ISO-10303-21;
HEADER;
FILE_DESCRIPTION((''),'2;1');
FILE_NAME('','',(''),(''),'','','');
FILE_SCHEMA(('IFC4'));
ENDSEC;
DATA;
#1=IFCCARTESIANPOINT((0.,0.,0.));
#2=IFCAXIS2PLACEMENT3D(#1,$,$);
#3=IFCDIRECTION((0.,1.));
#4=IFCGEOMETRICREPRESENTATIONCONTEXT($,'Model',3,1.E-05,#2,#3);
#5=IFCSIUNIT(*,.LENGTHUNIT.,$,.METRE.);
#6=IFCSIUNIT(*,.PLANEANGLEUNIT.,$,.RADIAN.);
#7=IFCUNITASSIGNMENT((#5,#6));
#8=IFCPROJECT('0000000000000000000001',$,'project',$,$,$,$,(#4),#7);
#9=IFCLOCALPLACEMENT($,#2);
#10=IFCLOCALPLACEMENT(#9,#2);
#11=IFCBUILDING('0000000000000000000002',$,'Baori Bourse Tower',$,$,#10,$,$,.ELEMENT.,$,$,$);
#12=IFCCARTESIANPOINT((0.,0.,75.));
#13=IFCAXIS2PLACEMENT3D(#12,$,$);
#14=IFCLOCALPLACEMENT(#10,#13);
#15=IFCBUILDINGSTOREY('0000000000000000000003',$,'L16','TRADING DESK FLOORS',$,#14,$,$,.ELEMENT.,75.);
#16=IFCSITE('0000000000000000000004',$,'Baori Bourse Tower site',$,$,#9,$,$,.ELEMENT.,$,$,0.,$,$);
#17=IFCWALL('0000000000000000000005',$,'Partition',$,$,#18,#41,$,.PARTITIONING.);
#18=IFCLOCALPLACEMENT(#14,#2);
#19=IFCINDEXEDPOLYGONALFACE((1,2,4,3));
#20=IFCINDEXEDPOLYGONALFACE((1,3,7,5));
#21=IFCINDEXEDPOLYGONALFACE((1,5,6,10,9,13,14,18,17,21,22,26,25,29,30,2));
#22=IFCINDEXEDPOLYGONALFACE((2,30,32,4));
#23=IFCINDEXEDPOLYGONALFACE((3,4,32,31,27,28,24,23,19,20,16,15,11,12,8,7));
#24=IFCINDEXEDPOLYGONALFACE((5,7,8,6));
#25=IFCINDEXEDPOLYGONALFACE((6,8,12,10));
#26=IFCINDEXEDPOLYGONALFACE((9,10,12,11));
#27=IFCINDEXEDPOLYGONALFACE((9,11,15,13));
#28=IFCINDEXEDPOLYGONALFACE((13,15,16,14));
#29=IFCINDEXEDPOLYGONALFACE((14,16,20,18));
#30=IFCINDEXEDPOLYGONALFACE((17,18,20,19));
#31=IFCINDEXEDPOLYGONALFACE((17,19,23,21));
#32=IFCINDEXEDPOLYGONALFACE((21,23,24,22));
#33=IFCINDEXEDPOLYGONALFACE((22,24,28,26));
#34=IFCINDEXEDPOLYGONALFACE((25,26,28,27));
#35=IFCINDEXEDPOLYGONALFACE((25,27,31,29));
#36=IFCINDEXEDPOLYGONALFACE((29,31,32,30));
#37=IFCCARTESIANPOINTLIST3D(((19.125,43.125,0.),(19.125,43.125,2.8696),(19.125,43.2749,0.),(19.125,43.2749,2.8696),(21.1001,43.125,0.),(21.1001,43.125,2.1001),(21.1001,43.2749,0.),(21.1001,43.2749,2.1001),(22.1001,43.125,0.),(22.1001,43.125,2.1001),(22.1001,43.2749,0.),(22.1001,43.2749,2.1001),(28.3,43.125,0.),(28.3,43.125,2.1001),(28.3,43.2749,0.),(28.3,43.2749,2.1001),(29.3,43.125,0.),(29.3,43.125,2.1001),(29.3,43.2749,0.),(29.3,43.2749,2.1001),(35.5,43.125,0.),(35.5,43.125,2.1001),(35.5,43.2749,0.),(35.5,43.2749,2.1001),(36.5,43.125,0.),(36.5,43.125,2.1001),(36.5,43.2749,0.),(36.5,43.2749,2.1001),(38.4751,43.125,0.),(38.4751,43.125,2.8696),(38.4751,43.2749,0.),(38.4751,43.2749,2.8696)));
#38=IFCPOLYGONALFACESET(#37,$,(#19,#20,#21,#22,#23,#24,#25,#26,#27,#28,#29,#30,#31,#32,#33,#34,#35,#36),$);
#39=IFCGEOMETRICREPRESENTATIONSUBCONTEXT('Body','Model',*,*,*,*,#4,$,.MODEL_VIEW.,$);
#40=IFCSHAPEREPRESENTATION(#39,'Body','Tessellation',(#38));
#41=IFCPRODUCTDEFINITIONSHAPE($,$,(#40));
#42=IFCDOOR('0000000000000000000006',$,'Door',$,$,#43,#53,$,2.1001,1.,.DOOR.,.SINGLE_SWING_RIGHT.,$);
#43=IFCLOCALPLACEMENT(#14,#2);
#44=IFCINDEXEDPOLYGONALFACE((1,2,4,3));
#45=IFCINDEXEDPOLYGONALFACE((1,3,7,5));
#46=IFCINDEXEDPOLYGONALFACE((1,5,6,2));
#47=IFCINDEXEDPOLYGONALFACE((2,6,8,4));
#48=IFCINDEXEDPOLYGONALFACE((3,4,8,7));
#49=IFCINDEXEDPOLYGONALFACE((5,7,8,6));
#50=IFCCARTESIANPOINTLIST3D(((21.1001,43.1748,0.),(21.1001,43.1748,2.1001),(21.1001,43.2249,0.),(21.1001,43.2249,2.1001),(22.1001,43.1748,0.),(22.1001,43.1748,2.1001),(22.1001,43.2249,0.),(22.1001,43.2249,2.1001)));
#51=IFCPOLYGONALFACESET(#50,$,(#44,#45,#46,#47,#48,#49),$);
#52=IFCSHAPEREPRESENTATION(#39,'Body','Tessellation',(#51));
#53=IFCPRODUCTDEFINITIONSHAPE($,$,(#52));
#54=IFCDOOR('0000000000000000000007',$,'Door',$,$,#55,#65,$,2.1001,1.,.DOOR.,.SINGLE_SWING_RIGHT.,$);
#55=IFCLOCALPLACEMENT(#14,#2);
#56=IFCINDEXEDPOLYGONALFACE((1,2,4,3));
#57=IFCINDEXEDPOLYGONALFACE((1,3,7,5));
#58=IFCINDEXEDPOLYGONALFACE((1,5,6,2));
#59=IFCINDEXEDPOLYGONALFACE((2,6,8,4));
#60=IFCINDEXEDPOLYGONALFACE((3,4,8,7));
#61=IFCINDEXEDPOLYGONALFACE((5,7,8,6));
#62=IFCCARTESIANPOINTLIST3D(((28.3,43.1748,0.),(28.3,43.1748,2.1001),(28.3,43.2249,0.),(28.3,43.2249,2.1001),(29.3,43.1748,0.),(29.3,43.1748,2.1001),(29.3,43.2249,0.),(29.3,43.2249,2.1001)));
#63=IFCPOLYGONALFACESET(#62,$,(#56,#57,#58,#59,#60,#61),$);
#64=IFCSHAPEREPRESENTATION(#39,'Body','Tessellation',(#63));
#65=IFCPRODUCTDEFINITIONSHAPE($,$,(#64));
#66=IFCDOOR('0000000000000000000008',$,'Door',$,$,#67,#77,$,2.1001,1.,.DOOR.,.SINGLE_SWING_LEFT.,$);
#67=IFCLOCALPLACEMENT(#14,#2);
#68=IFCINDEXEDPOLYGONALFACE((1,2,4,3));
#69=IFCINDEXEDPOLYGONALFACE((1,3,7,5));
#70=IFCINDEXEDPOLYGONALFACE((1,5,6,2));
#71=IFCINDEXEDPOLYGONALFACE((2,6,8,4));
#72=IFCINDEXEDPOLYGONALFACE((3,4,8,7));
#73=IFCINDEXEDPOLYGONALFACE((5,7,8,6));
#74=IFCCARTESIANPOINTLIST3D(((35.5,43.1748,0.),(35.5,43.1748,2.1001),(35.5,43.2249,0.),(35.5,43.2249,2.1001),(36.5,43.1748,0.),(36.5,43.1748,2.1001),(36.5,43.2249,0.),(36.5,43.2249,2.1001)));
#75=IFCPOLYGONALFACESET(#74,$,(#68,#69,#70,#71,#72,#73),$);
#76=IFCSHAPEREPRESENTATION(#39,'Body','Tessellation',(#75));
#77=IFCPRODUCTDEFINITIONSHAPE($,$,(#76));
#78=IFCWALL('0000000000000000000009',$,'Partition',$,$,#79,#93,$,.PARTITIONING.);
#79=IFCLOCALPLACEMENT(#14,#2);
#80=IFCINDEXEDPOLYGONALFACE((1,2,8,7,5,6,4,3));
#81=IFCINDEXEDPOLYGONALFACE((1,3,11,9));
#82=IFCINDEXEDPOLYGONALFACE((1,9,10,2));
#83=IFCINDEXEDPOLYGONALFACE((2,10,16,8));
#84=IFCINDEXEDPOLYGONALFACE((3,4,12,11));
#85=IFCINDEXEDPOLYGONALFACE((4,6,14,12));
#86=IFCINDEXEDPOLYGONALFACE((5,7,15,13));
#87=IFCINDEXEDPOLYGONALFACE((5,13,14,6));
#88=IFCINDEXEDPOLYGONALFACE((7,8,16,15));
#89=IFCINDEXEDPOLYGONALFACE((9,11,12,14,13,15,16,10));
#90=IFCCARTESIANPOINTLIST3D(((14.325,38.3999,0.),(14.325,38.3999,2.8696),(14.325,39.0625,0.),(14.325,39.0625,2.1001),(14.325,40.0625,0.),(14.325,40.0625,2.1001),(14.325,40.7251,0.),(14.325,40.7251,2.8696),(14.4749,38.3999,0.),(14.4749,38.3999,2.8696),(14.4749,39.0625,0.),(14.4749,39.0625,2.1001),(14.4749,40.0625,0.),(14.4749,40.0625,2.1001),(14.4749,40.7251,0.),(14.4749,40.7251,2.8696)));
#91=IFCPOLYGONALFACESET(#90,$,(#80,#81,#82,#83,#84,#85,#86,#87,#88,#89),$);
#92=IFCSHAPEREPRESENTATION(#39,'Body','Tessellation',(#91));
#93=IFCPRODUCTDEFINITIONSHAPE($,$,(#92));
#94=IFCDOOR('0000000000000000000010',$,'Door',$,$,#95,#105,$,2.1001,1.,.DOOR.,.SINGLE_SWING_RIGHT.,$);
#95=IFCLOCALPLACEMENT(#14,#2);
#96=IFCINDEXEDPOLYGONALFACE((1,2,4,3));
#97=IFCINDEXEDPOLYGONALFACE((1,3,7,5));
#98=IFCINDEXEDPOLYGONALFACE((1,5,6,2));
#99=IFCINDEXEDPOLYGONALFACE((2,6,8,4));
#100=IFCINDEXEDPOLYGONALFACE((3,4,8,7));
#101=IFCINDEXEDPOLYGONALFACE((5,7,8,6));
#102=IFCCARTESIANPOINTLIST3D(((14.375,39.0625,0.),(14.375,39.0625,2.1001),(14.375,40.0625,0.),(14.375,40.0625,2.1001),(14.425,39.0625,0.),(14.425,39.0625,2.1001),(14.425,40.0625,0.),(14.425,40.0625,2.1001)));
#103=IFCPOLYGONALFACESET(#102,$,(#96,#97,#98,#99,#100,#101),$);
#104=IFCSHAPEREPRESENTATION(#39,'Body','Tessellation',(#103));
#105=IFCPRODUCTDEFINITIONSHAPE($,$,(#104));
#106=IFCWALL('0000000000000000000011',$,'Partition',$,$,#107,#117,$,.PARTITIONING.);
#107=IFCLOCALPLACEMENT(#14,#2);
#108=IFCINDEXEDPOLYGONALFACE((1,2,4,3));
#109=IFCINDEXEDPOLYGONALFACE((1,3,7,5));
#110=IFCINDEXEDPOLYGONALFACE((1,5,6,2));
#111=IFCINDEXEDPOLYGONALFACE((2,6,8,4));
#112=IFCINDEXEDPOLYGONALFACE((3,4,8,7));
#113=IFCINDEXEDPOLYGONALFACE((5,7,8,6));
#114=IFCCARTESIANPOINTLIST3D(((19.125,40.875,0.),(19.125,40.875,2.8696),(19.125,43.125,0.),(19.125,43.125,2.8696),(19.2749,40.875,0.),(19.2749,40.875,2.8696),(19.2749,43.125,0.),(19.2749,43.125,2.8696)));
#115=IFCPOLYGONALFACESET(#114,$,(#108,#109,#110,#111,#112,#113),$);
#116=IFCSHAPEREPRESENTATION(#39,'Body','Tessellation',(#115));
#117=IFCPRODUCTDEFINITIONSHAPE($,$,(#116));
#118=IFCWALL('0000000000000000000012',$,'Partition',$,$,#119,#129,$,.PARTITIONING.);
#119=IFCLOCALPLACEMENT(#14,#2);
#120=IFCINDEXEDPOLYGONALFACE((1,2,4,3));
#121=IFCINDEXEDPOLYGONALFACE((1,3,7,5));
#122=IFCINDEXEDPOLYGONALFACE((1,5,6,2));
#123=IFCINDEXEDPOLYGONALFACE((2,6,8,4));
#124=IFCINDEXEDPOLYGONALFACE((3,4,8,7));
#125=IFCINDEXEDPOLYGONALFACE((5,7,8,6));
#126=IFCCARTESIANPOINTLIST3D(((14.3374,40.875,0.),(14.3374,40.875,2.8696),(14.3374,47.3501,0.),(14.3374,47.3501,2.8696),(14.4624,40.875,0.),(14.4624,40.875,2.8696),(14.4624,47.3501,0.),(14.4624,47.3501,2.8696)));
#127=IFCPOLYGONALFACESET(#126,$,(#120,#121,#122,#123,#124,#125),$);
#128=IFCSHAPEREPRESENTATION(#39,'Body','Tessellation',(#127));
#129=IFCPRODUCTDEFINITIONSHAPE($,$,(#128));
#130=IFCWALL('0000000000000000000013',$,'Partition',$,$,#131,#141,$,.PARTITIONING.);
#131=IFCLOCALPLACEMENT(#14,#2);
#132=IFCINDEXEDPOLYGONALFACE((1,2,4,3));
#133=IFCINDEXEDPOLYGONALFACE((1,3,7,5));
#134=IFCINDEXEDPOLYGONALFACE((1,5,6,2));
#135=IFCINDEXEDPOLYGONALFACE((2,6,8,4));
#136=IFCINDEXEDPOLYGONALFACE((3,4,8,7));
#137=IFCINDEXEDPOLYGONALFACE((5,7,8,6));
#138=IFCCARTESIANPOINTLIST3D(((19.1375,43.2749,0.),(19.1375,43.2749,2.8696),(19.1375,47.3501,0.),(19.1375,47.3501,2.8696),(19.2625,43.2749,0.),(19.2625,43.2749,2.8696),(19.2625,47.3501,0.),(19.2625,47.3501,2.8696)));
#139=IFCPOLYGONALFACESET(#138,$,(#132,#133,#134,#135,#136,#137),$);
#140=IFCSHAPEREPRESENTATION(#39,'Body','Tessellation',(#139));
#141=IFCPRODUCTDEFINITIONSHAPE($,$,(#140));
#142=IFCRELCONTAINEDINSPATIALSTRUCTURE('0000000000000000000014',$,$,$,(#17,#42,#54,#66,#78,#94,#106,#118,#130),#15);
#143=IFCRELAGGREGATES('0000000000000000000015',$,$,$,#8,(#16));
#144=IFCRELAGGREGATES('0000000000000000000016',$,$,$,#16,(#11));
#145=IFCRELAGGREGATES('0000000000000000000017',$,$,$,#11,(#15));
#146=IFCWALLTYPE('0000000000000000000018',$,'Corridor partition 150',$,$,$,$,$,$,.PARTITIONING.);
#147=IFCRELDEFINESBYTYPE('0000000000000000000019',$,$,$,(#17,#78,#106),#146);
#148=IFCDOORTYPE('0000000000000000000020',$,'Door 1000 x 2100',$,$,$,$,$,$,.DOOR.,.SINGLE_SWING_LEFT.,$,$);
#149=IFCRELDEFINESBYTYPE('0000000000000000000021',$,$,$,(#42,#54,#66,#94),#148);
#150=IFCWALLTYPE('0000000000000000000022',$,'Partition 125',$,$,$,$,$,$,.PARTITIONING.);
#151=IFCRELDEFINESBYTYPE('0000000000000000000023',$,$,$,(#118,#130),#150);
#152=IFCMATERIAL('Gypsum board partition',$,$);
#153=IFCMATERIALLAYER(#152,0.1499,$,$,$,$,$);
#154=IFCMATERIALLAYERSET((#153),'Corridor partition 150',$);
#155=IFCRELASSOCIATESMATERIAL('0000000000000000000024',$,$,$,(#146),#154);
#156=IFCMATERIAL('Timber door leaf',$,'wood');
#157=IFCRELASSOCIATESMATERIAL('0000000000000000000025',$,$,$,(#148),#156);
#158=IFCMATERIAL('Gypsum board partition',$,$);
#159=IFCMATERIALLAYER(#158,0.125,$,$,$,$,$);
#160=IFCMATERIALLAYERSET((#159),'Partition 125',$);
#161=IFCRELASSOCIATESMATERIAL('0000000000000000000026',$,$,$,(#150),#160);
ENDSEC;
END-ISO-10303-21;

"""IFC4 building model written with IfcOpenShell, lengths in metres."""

from ifc_helpers import new_model, si_unit, direction, frame, frame_2d, origin, place, context, subcontext, project, spatial, rectangle, extrude, material, layer, layer_set, type_object, element, fill, save


model = new_model("IFC4")

# Units and contexts
model_context = context("Model", 3, precision=1e-05, world=origin(), true_north=direction((0.0, 1.0)))
body_context = subcontext(model_context, "Body", "Model", "MODEL_VIEW")
ifc_project = project(units=[si_unit("LENGTHUNIT", "METRE"), si_unit("PLANEANGLEUNIT", "RADIAN")], contexts=[model_context])

# Site, building, storey
site_placement = place(None, origin())
site = spatial("IfcSite", under=ifc_project, at=site_placement, Name="Baori Bourse Tower site", CompositionType="ELEMENT", RefElevation=0.0)
building_placement = place(site_placement, origin())
building = spatial("IfcBuilding", under=site, at=building_placement, Name="Baori Bourse Tower", CompositionType="ELEMENT")
storey_placement = place(building_placement, frame((0.0, 0.0, 75.0)))
storey = spatial("IfcBuildingStorey", under=building, at=storey_placement, Name="L16", Description="TRADING DESK FLOORS", CompositionType="ELEMENT", Elevation=75.0)

# Shared definitions
ifc_material_1 = material(Name="Gypsum board partition")
ifc_layer_1 = layer(ifc_material_1, 0.1499)
ifc_layer_set_1 = layer_set([ifc_layer_1], Name="Corridor partition 150")
wall_type_1 = type_object("IfcWallType", Name="Corridor partition 150", PredefinedType="PARTITIONING", material=ifc_layer_set_1)
ifc_material_2 = material(Name="Timber door leaf", Category="wood")
door_type_1 = type_object("IfcDoorType", Name="Door 1000 x 2100", OperationType="SINGLE_SWING_LEFT", PredefinedType="DOOR", material=ifc_material_2)

# Wall, openings, doors
wall_1_placement = place(storey_placement, frame((19.125, 43.2, 0.0), z_axis=(0.0, 0.0, 1.0), x_axis=(1.0, 0.0, 0.0)))
wall_1 = element("IfcWall", 1, at=wall_1_placement, inside=storey, type_object=wall_type_1, Name="Partition", PredefinedType="PARTITIONING", context=body_context, shape_type="SweptSolid", body=[
    extrude(rectangle(XDim=19.3501, YDim=0.1499, at=frame_2d((9.675, 0.0))), origin(), (0.0, 0.0, 1.0), 2.8696),
])
opening_1_placement = place(wall_1_placement, frame((1.9751, 0.0, 0.0)))
opening_1 = element("IfcOpeningElement", 2, at=opening_1_placement, cuts=wall_1, PredefinedType="OPENING", context=body_context, shape_type="SweptSolid", body=[
    extrude(rectangle(XDim=1.0, YDim=2.1001, at=frame_2d((0.5, 1.05))), frame((0.0, 0.085, 0.0), z_axis=(0.0, -1.0, 0.0), x_axis=(1.0, 0.0, 0.0)), (0.0, 0.0, 1.0), 0.1699),
])
opening_2_placement = place(wall_1_placement, frame((9.175, 0.0, 0.0)))
opening_2 = element("IfcOpeningElement", 3, at=opening_2_placement, cuts=wall_1, PredefinedType="OPENING", context=body_context, shape_type="SweptSolid", body=[
    extrude(rectangle(XDim=1.0, YDim=2.1001, at=frame_2d((0.5, 1.05))), frame((0.0, 0.085, 0.0), z_axis=(0.0, -1.0, 0.0), x_axis=(1.0, 0.0, 0.0)), (0.0, 0.0, 1.0), 0.1699),
])
opening_3_placement = place(wall_1_placement, frame((16.375, 0.0, 0.0)))
opening_3 = element("IfcOpeningElement", 4, at=opening_3_placement, cuts=wall_1, PredefinedType="OPENING", context=body_context, shape_type="SweptSolid", body=[
    extrude(rectangle(XDim=1.0, YDim=2.1001, at=frame_2d((0.5, 1.05))), frame((0.0, 0.085, 0.0), z_axis=(0.0, -1.0, 0.0), x_axis=(1.0, 0.0, 0.0)), (0.0, 0.0, 1.0), 0.1699),
])
door_1_placement = place(opening_1_placement, origin())
door_1 = element("IfcDoor", 5, at=door_1_placement, inside=storey, type_object=door_type_1, Name="Door", OperationType="SINGLE_SWING_RIGHT", OverallHeight=2.1001, OverallWidth=1.0, PredefinedType="DOOR", context=body_context, shape_type="SweptSolid", body=[
    extrude(rectangle(XDim=1.0, YDim=2.1001, at=frame_2d((0.5, 1.05))), frame((0.0, 0.0249, 0.0), z_axis=(0.0, -1.0, 0.0), x_axis=(1.0, 0.0, 0.0)), (0.0, 0.0, 1.0), 0.05),
])
fill(opening_1, door_1)
door_2_placement = place(opening_2_placement, origin())
door_2 = element("IfcDoor", 6, at=door_2_placement, inside=storey, type_object=door_type_1, Name="Door", OperationType="SINGLE_SWING_RIGHT", OverallHeight=2.1001, OverallWidth=1.0, PredefinedType="DOOR", context=body_context, shape_type="SweptSolid", body=[
    extrude(rectangle(XDim=1.0, YDim=2.1001, at=frame_2d((0.5, 1.05))), frame((0.0, 0.0249, 0.0), z_axis=(0.0, -1.0, 0.0), x_axis=(1.0, 0.0, 0.0)), (0.0, 0.0, 1.0), 0.05),
])
fill(opening_2, door_2)
door_3_placement = place(opening_3_placement, origin())
door_3 = element("IfcDoor", 7, at=door_3_placement, inside=storey, type_object=door_type_1, Name="Door", OperationType="SINGLE_SWING_LEFT", OverallHeight=2.1001, OverallWidth=1.0, PredefinedType="DOOR", context=body_context, shape_type="SweptSolid", body=[
    extrude(rectangle(XDim=1.0, YDim=2.1001, at=frame_2d((0.5, 1.05))), frame((0.0, 0.0249, 0.0), z_axis=(0.0, -1.0, 0.0), x_axis=(1.0, 0.0, 0.0)), (0.0, 0.0, 1.0), 0.05),
])
fill(opening_3, door_3)

# Wall, opening, door
wall_2_placement = place(storey_placement, frame((14.3999, 38.3999, 0.0), z_axis=(0.0, 0.0, 1.0), x_axis=(0.0, 1.0, 0.0)))
wall_2 = element("IfcWall", 8, at=wall_2_placement, inside=storey, type_object=wall_type_1, Name="Partition", PredefinedType="PARTITIONING", context=body_context, shape_type="SweptSolid", body=[
    extrude(rectangle(XDim=2.3252, YDim=0.1499, at=frame_2d((1.1626, 0.0))), origin(), (0.0, 0.0, 1.0), 2.8696),
])
opening_4_placement = place(wall_2_placement, frame((0.6626, 0.0, 0.0)))
opening_4 = element("IfcOpeningElement", 9, at=opening_4_placement, cuts=wall_2, PredefinedType="OPENING", context=body_context, shape_type="SweptSolid", body=[
    extrude(rectangle(XDim=1.0, YDim=2.1001, at=frame_2d((0.5, 1.05))), frame((0.0, 0.085, 0.0), z_axis=(0.0, -1.0, 0.0), x_axis=(1.0, 0.0, 0.0)), (0.0, 0.0, 1.0), 0.1699),
])
door_4_placement = place(opening_4_placement, origin())
door_4 = element("IfcDoor", 10, at=door_4_placement, inside=storey, type_object=door_type_1, Name="Door", OperationType="SINGLE_SWING_RIGHT", OverallHeight=2.1001, OverallWidth=1.0, PredefinedType="DOOR", context=body_context, shape_type="SweptSolid", body=[
    extrude(rectangle(XDim=1.0, YDim=2.1001, at=frame_2d((0.5, 1.05))), frame((0.0, 0.0249, 0.0), z_axis=(0.0, -1.0, 0.0), x_axis=(1.0, 0.0, 0.0)), (0.0, 0.0, 1.0), 0.05),
])
fill(opening_4, door_4)

# Walls
wall_3_placement = place(storey_placement, frame((19.2, 40.875, 0.0), z_axis=(0.0, 0.0, 1.0), x_axis=(0.0, 1.0, 0.0)))
element("IfcWall", 11, at=wall_3_placement, inside=storey, type_object=wall_type_1, Name="Partition", PredefinedType="PARTITIONING", context=body_context, shape_type="SweptSolid", body=[
    extrude(rectangle(XDim=2.25, YDim=0.1499, at=frame_2d((1.125, 0.0))), origin(), (0.0, 0.0, 1.0), 2.8696),
])
ifc_material_3 = material(Name="Gypsum board partition")
ifc_layer_2 = layer(ifc_material_3, 0.125)
ifc_layer_set_2 = layer_set([ifc_layer_2], Name="Partition 125")
wall_type_2 = type_object("IfcWallType", Name="Partition 125", PredefinedType="PARTITIONING", material=ifc_layer_set_2)
wall_4_placement = place(storey_placement, frame((14.3999, 40.875, 0.0), z_axis=(0.0, 0.0, 1.0), x_axis=(0.0, 1.0, 0.0)))
element("IfcWall", 12, at=wall_4_placement, inside=storey, type_object=wall_type_2, Name="Partition", PredefinedType="PARTITIONING", context=body_context, shape_type="SweptSolid", body=[
    extrude(rectangle(XDim=6.4751, YDim=0.125, at=frame_2d((3.2375, 0.0))), origin(), (0.0, 0.0, 1.0), 2.8696),
])
wall_5_placement = place(storey_placement, frame((19.2, 43.2749, 0.0), z_axis=(0.0, 0.0, 1.0), x_axis=(0.0, 1.0, 0.0)))
element("IfcWall", 13, at=wall_5_placement, inside=storey, type_object=wall_type_2, Name="Partition", PredefinedType="PARTITIONING", context=body_context, shape_type="SweptSolid", body=[
    extrude(rectangle(XDim=4.0752, YDim=0.125, at=frame_2d((2.0376, 0.0))), origin(), (0.0, 0.0, 1.0), 2.8696),
])

save(model, "model.ifc")
